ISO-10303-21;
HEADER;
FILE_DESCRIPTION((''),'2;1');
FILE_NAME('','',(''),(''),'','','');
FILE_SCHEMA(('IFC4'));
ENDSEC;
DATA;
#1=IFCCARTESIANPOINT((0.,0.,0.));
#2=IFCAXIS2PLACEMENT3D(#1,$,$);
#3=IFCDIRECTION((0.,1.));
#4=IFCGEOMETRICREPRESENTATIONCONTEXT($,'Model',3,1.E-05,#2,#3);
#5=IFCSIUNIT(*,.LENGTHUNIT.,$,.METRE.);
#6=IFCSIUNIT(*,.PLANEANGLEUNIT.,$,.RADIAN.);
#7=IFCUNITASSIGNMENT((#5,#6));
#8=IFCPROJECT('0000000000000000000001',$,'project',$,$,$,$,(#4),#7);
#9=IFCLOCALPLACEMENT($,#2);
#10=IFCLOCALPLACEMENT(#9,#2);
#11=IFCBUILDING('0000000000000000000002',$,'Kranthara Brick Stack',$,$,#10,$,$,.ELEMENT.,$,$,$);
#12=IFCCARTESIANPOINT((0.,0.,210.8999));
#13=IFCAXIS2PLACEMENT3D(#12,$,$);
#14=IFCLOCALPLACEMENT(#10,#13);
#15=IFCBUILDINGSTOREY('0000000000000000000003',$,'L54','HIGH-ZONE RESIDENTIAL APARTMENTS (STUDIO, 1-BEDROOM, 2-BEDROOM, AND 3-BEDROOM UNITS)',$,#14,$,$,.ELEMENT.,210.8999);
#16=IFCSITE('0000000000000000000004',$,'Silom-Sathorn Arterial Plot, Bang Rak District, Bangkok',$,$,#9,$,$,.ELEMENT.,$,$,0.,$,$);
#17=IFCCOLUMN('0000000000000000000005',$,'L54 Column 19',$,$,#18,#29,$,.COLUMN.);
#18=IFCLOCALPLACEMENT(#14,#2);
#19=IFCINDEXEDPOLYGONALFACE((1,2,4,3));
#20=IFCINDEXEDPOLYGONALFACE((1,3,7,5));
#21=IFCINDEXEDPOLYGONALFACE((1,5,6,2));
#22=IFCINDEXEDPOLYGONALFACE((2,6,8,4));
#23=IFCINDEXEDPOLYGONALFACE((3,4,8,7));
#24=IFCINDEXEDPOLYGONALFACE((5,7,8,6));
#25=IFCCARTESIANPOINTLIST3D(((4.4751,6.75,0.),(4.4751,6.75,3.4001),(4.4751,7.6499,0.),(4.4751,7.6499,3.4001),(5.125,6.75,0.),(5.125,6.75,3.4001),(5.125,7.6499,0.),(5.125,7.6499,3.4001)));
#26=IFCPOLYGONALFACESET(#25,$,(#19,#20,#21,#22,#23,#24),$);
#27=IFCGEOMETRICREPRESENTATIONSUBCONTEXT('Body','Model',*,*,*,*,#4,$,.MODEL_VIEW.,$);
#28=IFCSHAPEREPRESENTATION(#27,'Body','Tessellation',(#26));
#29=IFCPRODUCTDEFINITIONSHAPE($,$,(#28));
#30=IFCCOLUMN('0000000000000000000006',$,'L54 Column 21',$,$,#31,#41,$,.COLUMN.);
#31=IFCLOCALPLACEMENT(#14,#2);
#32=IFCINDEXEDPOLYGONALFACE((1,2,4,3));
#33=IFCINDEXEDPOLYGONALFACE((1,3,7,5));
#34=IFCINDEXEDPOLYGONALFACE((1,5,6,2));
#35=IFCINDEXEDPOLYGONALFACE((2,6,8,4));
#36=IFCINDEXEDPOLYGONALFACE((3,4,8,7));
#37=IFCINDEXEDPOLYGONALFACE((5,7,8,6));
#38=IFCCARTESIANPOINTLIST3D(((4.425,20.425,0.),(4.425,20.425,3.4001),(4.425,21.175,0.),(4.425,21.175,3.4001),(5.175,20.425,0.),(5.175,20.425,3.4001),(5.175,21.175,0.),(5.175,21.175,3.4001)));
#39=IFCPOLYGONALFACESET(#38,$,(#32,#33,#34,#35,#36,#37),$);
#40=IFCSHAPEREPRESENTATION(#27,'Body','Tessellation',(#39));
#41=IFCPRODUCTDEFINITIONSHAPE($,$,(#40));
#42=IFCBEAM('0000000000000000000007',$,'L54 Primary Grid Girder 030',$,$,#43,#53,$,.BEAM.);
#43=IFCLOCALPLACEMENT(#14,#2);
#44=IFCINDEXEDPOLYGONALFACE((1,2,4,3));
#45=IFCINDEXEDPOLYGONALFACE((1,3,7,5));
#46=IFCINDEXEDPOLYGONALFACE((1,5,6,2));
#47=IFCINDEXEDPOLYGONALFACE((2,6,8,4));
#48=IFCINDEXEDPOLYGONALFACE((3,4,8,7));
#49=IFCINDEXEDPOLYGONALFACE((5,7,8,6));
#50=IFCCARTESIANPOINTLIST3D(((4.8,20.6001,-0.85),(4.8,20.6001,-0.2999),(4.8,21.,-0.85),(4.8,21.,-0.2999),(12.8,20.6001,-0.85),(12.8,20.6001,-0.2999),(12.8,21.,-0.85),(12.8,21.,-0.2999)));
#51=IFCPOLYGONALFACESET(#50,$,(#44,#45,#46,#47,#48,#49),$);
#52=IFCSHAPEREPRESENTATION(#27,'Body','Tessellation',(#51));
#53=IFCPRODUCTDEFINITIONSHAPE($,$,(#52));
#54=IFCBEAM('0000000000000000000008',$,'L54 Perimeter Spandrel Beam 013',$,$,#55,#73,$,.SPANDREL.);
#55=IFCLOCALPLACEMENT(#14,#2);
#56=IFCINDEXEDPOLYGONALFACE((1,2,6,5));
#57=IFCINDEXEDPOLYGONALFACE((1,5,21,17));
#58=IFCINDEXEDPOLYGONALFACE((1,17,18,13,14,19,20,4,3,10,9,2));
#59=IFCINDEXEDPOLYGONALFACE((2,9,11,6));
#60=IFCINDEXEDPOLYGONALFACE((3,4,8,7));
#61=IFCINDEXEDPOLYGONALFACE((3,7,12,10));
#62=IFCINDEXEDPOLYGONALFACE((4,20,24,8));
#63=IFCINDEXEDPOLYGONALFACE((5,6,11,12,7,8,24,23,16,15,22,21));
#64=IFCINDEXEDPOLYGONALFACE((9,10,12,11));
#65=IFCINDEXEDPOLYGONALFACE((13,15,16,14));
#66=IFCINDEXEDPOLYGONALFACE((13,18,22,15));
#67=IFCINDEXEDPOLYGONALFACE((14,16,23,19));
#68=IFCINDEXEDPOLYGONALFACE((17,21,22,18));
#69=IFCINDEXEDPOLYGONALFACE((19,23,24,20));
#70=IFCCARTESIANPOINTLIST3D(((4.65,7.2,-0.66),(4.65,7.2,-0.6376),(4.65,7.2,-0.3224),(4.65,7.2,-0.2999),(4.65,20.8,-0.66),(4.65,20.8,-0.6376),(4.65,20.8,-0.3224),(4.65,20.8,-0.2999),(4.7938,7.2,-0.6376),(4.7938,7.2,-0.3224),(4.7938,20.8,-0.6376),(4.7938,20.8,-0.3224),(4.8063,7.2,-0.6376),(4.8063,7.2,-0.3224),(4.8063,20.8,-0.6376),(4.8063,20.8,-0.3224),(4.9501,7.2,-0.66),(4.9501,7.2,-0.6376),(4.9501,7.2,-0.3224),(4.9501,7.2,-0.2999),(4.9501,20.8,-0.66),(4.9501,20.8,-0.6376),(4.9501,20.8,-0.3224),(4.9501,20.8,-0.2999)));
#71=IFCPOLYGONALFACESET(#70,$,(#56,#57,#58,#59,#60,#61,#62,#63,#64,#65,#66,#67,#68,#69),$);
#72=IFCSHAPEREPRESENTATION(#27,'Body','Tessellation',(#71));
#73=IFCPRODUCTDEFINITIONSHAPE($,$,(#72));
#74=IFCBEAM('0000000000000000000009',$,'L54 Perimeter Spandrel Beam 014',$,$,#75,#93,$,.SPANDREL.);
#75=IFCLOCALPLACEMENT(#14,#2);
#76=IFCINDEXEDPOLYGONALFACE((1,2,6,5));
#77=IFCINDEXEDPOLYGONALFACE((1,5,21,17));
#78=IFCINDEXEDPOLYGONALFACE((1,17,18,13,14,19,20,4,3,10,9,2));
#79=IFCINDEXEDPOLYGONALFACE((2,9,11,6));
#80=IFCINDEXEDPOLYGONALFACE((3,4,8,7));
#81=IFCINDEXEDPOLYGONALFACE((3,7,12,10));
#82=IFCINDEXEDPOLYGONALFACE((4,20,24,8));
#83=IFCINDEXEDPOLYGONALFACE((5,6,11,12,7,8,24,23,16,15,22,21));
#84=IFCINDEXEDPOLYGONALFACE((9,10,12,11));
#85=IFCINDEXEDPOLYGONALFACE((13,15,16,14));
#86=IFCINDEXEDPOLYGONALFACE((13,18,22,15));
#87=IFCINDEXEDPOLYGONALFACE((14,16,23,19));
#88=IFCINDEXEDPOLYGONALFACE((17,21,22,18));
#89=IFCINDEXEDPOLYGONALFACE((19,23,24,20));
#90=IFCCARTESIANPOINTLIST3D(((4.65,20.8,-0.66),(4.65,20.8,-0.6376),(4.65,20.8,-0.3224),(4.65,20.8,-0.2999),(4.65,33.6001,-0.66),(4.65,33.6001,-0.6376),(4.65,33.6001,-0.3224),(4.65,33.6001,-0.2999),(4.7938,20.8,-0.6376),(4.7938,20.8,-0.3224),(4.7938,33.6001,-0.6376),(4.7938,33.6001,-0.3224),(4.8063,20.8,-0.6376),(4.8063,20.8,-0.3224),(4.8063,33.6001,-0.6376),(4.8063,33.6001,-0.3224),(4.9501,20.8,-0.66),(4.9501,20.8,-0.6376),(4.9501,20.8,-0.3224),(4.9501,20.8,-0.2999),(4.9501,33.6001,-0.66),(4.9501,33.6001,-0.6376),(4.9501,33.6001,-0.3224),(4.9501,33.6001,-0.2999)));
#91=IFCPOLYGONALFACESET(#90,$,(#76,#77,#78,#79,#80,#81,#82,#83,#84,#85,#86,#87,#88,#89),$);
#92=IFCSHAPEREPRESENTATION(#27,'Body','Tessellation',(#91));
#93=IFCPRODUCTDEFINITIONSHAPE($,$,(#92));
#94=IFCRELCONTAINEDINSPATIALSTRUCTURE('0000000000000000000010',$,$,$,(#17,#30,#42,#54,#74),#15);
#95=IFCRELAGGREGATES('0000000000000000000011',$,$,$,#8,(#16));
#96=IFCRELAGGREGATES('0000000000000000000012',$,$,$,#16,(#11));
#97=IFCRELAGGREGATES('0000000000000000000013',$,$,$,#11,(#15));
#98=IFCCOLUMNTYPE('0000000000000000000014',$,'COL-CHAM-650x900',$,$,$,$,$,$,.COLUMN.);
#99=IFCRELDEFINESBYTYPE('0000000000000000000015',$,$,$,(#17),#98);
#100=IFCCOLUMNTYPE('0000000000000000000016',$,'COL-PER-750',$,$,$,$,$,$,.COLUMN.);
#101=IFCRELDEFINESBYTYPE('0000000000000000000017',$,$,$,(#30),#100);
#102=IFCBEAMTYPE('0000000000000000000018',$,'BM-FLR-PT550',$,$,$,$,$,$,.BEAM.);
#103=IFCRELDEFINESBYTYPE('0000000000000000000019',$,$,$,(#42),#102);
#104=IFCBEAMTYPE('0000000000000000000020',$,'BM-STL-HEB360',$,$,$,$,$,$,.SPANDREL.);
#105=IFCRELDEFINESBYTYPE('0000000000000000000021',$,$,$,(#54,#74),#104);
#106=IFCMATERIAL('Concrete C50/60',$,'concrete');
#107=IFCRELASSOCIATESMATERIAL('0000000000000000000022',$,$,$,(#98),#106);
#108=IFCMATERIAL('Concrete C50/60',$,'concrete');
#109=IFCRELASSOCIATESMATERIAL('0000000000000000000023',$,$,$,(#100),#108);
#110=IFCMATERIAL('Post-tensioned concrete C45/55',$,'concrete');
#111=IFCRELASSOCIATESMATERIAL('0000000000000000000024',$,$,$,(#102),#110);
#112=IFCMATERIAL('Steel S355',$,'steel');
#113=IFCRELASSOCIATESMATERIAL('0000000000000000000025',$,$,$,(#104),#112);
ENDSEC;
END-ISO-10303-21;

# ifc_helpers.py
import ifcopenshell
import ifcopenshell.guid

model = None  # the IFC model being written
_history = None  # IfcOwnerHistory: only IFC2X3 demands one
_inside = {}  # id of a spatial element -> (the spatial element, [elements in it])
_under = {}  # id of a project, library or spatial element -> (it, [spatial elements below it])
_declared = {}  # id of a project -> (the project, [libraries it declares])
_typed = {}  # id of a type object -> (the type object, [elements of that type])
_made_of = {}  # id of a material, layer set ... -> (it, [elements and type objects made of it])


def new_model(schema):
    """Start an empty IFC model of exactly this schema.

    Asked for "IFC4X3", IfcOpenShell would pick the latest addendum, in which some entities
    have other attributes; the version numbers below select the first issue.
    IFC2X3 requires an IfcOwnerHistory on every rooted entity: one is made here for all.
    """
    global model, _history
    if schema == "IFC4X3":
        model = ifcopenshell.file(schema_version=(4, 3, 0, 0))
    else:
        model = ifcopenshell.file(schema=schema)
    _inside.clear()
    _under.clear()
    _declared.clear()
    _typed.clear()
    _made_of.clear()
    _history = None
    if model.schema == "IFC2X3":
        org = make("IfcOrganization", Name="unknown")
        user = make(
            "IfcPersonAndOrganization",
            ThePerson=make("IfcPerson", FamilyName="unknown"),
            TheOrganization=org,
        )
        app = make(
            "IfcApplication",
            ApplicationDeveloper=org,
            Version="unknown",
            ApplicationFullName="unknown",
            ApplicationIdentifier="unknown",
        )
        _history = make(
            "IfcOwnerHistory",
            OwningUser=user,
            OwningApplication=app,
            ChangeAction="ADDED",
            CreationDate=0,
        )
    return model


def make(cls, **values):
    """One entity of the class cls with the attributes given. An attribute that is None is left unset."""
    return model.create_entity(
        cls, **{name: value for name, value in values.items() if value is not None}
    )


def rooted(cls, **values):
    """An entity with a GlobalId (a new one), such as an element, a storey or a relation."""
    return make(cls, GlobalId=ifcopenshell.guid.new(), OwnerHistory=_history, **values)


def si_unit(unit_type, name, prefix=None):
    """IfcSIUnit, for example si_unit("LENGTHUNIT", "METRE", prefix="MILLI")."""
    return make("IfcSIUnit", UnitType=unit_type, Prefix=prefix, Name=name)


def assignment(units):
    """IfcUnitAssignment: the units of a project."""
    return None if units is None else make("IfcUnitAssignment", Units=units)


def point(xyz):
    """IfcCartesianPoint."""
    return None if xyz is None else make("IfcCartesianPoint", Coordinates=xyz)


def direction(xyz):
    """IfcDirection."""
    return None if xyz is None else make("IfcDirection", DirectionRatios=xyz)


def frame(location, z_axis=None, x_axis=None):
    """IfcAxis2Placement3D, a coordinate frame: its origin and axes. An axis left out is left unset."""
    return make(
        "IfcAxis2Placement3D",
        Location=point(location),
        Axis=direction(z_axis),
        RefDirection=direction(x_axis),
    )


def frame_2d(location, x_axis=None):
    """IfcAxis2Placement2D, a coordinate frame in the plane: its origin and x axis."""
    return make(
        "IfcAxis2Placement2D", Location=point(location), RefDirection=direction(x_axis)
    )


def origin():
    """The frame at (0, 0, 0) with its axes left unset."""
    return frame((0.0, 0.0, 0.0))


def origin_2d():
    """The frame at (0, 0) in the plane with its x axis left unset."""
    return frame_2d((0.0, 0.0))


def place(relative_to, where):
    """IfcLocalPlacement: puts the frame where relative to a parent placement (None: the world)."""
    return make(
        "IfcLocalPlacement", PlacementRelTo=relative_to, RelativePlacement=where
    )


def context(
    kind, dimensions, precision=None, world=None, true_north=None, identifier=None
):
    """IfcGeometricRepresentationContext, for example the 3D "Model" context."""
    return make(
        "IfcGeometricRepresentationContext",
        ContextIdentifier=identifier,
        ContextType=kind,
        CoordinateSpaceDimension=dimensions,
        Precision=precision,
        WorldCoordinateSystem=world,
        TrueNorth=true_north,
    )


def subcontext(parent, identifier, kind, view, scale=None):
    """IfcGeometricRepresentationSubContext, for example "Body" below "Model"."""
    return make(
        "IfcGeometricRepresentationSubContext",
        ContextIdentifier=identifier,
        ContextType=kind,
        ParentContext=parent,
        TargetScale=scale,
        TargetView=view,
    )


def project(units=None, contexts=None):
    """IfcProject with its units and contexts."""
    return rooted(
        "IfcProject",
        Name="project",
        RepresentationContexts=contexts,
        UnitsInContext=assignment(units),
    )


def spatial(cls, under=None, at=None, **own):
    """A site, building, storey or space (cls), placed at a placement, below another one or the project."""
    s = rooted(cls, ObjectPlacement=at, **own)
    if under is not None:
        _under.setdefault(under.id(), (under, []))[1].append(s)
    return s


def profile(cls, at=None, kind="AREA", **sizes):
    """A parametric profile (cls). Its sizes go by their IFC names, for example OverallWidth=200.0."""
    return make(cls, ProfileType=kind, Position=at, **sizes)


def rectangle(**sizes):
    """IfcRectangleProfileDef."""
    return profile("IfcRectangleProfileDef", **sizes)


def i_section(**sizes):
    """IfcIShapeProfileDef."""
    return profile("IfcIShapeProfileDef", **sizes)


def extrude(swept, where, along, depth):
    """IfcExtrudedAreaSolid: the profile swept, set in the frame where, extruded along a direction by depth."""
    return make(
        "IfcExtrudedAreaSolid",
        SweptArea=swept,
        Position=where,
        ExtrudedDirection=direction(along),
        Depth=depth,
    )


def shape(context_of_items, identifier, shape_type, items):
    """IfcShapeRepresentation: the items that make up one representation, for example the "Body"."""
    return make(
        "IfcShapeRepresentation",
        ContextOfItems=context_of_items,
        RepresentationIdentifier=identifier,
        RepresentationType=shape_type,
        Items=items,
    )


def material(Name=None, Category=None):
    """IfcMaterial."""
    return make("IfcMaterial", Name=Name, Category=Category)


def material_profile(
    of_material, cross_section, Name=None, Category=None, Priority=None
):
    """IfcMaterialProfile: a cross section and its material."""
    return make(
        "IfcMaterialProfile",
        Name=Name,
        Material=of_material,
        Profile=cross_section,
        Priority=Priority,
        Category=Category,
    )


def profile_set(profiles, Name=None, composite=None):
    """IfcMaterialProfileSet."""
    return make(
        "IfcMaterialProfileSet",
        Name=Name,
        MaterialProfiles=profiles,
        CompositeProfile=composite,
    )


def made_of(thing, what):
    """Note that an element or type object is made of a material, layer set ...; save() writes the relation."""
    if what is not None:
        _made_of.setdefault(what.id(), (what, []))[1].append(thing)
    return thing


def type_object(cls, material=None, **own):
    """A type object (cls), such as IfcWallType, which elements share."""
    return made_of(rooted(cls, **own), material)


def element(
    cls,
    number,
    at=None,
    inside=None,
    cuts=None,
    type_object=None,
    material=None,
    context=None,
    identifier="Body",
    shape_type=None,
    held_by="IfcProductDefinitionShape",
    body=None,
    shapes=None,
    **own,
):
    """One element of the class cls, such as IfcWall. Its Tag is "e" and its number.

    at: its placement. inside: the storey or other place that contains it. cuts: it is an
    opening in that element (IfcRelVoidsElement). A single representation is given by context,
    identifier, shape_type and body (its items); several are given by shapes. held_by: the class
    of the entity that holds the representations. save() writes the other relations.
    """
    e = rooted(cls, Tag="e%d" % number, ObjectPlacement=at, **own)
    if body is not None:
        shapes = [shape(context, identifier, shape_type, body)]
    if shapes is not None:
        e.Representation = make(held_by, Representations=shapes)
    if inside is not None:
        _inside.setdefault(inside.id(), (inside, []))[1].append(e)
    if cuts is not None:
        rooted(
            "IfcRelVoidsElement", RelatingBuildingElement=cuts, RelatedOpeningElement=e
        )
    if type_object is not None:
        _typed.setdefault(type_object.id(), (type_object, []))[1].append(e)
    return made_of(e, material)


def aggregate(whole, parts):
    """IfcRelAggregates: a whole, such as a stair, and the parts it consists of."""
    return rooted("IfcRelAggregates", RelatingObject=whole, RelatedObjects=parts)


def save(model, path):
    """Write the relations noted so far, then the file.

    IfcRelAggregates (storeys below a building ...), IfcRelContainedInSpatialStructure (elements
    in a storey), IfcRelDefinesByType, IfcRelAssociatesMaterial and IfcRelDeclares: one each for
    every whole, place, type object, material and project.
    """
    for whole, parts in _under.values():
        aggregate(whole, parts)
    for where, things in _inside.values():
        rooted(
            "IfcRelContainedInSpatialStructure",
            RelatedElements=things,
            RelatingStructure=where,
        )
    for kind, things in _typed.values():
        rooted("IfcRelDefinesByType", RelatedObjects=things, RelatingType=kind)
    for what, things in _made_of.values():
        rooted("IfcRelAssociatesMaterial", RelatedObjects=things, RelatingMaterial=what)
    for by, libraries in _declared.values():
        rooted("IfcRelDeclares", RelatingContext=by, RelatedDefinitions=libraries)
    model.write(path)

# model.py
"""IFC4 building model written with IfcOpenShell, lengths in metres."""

from ifc_helpers import new_model, si_unit, direction, frame, origin, origin_2d, place, context, subcontext, project, spatial, rectangle, i_section, extrude, material, material_profile, profile_set, type_object, element, save


model = new_model("IFC4")

# Units and contexts
model_context = context("Model", 3, precision=1e-05, world=origin(), true_north=direction((0.0, 1.0)))
body_context = subcontext(model_context, "Body", "Model", "MODEL_VIEW")
ifc_project = project(units=[si_unit("LENGTHUNIT", "METRE"), si_unit("PLANEANGLEUNIT", "RADIAN")], contexts=[model_context])

# Site, building, storey
site_placement = place(None, origin())
site = spatial("IfcSite", under=ifc_project, at=site_placement, Name="Silom-Sathorn Arterial Plot, Bang Rak District, Bangkok", CompositionType="ELEMENT", RefElevation=0.0)
building_placement = place(site_placement, origin())
building = spatial("IfcBuilding", under=site, at=building_placement, Name="Kranthara Brick Stack", CompositionType="ELEMENT")
storey_placement = place(building_placement, frame((0.0, 0.0, 210.8999)))
storey = spatial("IfcBuildingStorey", under=building, at=storey_placement, Name="L54", Description="HIGH-ZONE RESIDENTIAL APARTMENTS (STUDIO, 1-BEDROOM, 2-BEDROOM, AND 3-BEDROOM UNITS)", CompositionType="ELEMENT", Elevation=210.8999)

# Columns
ifc_material_1 = material(Name="Concrete C50/60", Category="concrete")
ifc_material_profile_1 = material_profile(ifc_material_1, rectangle(XDim=0.6499, YDim=0.8999, at=origin_2d()), Name="RC 650x900")
ifc_profile_set_1 = profile_set([ifc_material_profile_1], Name="Concrete C50/60")
column_type_1 = type_object("IfcColumnType", Name="COL-CHAM-650x900", PredefinedType="COLUMN", material=ifc_profile_set_1)
column_1_placement = place(storey_placement, frame((4.8, 7.2, 0.0), z_axis=(0.0, 0.0, 1.0), x_axis=(1.0, 0.0, 0.0)))
element("IfcColumn", 1, at=column_1_placement, inside=storey, type_object=column_type_1, Name="L54 Column 19", PredefinedType="COLUMN", context=body_context, shape_type="SweptSolid", body=[
    extrude(rectangle(XDim=0.6499, YDim=0.8999, at=origin_2d()), origin(), (0.0, 0.0, 1.0), 3.4001),
])
ifc_material_2 = material(Name="Concrete C50/60", Category="concrete")
ifc_material_profile_2 = material_profile(ifc_material_2, rectangle(XDim=0.75, YDim=0.75, at=origin_2d()), Name="RC 750x750")
ifc_profile_set_2 = profile_set([ifc_material_profile_2], Name="Concrete C50/60")
column_type_2 = type_object("IfcColumnType", Name="COL-PER-750", PredefinedType="COLUMN", material=ifc_profile_set_2)
column_2_placement = place(storey_placement, frame((4.8, 20.8, 0.0), z_axis=(0.0, 0.0, 1.0), x_axis=(1.0, 0.0, 0.0)))
element("IfcColumn", 2, at=column_2_placement, inside=storey, type_object=column_type_2, Name="L54 Column 21", PredefinedType="COLUMN", context=body_context, shape_type="SweptSolid", body=[
    extrude(rectangle(XDim=0.75, YDim=0.75, at=origin_2d()), origin(), (0.0, 0.0, 1.0), 3.4001),
])

# Beams
ifc_material_3 = material(Name="Post-tensioned concrete C45/55", Category="concrete")
ifc_material_profile_3 = material_profile(ifc_material_3, rectangle(XDim=0.3999, YDim=0.55, at=origin_2d()), Name="PT 400x550")
ifc_profile_set_3 = profile_set([ifc_material_profile_3], Name="Post-tensioned concrete C45/55")
beam_type_1 = type_object("IfcBeamType", Name="BM-FLR-PT550", PredefinedType="BEAM", material=ifc_profile_set_3)
beam_1_placement = place(storey_placement, frame((4.8, 20.8, -0.575), z_axis=(1.0, 0.0, 0.0), x_axis=(0.0, 1.0, 0.0)))
element("IfcBeam", 3, at=beam_1_placement, inside=storey, type_object=beam_type_1, Name="L54 Primary Grid Girder 030", PredefinedType="BEAM", context=body_context, shape_type="SweptSolid", body=[
    extrude(rectangle(XDim=0.3999, YDim=0.55, at=origin_2d()), origin(), (0.0, 0.0, 1.0), 8.0),
])
ifc_material_4 = material(Name="Steel S355", Category="steel")
ifc_material_profile_4 = material_profile(ifc_material_4, i_section(OverallWidth=0.3, OverallDepth=0.3601, WebThickness=0.0125, FlangeThickness=0.0225, at=origin_2d()), Name="HEB 360")
ifc_profile_set_4 = profile_set([ifc_material_profile_4], Name="Steel S355")
beam_type_2 = type_object("IfcBeamType", Name="BM-STL-HEB360", PredefinedType="SPANDREL", material=ifc_profile_set_4)
beam_2_placement = place(storey_placement, frame((4.8, 7.2, -0.48), z_axis=(0.0, 1.0, 0.0), x_axis=(-1.0, 0.0, 0.0)))
element("IfcBeam", 4, at=beam_2_placement, inside=storey, type_object=beam_type_2, Name="L54 Perimeter Spandrel Beam 013", PredefinedType="SPANDREL", context=body_context, shape_type="SweptSolid", body=[
    extrude(i_section(OverallWidth=0.3, OverallDepth=0.3601, WebThickness=0.0125, FlangeThickness=0.0225, at=origin_2d()), origin(), (0.0, 0.0, 1.0), 13.6001),
])
beam_3_placement = place(storey_placement, frame((4.8, 20.8, -0.48), z_axis=(0.0, 1.0, 0.0), x_axis=(-1.0, 0.0, 0.0)))
element("IfcBeam", 5, at=beam_3_placement, inside=storey, type_object=beam_type_2, Name="L54 Perimeter Spandrel Beam 014", PredefinedType="SPANDREL", context=body_context, shape_type="SweptSolid", body=[
    extrude(i_section(OverallWidth=0.3, OverallDepth=0.3601, WebThickness=0.0125, FlangeThickness=0.0225, at=origin_2d()), origin(), (0.0, 0.0, 1.0), 12.8),
])

save(model, "model.ifc")
